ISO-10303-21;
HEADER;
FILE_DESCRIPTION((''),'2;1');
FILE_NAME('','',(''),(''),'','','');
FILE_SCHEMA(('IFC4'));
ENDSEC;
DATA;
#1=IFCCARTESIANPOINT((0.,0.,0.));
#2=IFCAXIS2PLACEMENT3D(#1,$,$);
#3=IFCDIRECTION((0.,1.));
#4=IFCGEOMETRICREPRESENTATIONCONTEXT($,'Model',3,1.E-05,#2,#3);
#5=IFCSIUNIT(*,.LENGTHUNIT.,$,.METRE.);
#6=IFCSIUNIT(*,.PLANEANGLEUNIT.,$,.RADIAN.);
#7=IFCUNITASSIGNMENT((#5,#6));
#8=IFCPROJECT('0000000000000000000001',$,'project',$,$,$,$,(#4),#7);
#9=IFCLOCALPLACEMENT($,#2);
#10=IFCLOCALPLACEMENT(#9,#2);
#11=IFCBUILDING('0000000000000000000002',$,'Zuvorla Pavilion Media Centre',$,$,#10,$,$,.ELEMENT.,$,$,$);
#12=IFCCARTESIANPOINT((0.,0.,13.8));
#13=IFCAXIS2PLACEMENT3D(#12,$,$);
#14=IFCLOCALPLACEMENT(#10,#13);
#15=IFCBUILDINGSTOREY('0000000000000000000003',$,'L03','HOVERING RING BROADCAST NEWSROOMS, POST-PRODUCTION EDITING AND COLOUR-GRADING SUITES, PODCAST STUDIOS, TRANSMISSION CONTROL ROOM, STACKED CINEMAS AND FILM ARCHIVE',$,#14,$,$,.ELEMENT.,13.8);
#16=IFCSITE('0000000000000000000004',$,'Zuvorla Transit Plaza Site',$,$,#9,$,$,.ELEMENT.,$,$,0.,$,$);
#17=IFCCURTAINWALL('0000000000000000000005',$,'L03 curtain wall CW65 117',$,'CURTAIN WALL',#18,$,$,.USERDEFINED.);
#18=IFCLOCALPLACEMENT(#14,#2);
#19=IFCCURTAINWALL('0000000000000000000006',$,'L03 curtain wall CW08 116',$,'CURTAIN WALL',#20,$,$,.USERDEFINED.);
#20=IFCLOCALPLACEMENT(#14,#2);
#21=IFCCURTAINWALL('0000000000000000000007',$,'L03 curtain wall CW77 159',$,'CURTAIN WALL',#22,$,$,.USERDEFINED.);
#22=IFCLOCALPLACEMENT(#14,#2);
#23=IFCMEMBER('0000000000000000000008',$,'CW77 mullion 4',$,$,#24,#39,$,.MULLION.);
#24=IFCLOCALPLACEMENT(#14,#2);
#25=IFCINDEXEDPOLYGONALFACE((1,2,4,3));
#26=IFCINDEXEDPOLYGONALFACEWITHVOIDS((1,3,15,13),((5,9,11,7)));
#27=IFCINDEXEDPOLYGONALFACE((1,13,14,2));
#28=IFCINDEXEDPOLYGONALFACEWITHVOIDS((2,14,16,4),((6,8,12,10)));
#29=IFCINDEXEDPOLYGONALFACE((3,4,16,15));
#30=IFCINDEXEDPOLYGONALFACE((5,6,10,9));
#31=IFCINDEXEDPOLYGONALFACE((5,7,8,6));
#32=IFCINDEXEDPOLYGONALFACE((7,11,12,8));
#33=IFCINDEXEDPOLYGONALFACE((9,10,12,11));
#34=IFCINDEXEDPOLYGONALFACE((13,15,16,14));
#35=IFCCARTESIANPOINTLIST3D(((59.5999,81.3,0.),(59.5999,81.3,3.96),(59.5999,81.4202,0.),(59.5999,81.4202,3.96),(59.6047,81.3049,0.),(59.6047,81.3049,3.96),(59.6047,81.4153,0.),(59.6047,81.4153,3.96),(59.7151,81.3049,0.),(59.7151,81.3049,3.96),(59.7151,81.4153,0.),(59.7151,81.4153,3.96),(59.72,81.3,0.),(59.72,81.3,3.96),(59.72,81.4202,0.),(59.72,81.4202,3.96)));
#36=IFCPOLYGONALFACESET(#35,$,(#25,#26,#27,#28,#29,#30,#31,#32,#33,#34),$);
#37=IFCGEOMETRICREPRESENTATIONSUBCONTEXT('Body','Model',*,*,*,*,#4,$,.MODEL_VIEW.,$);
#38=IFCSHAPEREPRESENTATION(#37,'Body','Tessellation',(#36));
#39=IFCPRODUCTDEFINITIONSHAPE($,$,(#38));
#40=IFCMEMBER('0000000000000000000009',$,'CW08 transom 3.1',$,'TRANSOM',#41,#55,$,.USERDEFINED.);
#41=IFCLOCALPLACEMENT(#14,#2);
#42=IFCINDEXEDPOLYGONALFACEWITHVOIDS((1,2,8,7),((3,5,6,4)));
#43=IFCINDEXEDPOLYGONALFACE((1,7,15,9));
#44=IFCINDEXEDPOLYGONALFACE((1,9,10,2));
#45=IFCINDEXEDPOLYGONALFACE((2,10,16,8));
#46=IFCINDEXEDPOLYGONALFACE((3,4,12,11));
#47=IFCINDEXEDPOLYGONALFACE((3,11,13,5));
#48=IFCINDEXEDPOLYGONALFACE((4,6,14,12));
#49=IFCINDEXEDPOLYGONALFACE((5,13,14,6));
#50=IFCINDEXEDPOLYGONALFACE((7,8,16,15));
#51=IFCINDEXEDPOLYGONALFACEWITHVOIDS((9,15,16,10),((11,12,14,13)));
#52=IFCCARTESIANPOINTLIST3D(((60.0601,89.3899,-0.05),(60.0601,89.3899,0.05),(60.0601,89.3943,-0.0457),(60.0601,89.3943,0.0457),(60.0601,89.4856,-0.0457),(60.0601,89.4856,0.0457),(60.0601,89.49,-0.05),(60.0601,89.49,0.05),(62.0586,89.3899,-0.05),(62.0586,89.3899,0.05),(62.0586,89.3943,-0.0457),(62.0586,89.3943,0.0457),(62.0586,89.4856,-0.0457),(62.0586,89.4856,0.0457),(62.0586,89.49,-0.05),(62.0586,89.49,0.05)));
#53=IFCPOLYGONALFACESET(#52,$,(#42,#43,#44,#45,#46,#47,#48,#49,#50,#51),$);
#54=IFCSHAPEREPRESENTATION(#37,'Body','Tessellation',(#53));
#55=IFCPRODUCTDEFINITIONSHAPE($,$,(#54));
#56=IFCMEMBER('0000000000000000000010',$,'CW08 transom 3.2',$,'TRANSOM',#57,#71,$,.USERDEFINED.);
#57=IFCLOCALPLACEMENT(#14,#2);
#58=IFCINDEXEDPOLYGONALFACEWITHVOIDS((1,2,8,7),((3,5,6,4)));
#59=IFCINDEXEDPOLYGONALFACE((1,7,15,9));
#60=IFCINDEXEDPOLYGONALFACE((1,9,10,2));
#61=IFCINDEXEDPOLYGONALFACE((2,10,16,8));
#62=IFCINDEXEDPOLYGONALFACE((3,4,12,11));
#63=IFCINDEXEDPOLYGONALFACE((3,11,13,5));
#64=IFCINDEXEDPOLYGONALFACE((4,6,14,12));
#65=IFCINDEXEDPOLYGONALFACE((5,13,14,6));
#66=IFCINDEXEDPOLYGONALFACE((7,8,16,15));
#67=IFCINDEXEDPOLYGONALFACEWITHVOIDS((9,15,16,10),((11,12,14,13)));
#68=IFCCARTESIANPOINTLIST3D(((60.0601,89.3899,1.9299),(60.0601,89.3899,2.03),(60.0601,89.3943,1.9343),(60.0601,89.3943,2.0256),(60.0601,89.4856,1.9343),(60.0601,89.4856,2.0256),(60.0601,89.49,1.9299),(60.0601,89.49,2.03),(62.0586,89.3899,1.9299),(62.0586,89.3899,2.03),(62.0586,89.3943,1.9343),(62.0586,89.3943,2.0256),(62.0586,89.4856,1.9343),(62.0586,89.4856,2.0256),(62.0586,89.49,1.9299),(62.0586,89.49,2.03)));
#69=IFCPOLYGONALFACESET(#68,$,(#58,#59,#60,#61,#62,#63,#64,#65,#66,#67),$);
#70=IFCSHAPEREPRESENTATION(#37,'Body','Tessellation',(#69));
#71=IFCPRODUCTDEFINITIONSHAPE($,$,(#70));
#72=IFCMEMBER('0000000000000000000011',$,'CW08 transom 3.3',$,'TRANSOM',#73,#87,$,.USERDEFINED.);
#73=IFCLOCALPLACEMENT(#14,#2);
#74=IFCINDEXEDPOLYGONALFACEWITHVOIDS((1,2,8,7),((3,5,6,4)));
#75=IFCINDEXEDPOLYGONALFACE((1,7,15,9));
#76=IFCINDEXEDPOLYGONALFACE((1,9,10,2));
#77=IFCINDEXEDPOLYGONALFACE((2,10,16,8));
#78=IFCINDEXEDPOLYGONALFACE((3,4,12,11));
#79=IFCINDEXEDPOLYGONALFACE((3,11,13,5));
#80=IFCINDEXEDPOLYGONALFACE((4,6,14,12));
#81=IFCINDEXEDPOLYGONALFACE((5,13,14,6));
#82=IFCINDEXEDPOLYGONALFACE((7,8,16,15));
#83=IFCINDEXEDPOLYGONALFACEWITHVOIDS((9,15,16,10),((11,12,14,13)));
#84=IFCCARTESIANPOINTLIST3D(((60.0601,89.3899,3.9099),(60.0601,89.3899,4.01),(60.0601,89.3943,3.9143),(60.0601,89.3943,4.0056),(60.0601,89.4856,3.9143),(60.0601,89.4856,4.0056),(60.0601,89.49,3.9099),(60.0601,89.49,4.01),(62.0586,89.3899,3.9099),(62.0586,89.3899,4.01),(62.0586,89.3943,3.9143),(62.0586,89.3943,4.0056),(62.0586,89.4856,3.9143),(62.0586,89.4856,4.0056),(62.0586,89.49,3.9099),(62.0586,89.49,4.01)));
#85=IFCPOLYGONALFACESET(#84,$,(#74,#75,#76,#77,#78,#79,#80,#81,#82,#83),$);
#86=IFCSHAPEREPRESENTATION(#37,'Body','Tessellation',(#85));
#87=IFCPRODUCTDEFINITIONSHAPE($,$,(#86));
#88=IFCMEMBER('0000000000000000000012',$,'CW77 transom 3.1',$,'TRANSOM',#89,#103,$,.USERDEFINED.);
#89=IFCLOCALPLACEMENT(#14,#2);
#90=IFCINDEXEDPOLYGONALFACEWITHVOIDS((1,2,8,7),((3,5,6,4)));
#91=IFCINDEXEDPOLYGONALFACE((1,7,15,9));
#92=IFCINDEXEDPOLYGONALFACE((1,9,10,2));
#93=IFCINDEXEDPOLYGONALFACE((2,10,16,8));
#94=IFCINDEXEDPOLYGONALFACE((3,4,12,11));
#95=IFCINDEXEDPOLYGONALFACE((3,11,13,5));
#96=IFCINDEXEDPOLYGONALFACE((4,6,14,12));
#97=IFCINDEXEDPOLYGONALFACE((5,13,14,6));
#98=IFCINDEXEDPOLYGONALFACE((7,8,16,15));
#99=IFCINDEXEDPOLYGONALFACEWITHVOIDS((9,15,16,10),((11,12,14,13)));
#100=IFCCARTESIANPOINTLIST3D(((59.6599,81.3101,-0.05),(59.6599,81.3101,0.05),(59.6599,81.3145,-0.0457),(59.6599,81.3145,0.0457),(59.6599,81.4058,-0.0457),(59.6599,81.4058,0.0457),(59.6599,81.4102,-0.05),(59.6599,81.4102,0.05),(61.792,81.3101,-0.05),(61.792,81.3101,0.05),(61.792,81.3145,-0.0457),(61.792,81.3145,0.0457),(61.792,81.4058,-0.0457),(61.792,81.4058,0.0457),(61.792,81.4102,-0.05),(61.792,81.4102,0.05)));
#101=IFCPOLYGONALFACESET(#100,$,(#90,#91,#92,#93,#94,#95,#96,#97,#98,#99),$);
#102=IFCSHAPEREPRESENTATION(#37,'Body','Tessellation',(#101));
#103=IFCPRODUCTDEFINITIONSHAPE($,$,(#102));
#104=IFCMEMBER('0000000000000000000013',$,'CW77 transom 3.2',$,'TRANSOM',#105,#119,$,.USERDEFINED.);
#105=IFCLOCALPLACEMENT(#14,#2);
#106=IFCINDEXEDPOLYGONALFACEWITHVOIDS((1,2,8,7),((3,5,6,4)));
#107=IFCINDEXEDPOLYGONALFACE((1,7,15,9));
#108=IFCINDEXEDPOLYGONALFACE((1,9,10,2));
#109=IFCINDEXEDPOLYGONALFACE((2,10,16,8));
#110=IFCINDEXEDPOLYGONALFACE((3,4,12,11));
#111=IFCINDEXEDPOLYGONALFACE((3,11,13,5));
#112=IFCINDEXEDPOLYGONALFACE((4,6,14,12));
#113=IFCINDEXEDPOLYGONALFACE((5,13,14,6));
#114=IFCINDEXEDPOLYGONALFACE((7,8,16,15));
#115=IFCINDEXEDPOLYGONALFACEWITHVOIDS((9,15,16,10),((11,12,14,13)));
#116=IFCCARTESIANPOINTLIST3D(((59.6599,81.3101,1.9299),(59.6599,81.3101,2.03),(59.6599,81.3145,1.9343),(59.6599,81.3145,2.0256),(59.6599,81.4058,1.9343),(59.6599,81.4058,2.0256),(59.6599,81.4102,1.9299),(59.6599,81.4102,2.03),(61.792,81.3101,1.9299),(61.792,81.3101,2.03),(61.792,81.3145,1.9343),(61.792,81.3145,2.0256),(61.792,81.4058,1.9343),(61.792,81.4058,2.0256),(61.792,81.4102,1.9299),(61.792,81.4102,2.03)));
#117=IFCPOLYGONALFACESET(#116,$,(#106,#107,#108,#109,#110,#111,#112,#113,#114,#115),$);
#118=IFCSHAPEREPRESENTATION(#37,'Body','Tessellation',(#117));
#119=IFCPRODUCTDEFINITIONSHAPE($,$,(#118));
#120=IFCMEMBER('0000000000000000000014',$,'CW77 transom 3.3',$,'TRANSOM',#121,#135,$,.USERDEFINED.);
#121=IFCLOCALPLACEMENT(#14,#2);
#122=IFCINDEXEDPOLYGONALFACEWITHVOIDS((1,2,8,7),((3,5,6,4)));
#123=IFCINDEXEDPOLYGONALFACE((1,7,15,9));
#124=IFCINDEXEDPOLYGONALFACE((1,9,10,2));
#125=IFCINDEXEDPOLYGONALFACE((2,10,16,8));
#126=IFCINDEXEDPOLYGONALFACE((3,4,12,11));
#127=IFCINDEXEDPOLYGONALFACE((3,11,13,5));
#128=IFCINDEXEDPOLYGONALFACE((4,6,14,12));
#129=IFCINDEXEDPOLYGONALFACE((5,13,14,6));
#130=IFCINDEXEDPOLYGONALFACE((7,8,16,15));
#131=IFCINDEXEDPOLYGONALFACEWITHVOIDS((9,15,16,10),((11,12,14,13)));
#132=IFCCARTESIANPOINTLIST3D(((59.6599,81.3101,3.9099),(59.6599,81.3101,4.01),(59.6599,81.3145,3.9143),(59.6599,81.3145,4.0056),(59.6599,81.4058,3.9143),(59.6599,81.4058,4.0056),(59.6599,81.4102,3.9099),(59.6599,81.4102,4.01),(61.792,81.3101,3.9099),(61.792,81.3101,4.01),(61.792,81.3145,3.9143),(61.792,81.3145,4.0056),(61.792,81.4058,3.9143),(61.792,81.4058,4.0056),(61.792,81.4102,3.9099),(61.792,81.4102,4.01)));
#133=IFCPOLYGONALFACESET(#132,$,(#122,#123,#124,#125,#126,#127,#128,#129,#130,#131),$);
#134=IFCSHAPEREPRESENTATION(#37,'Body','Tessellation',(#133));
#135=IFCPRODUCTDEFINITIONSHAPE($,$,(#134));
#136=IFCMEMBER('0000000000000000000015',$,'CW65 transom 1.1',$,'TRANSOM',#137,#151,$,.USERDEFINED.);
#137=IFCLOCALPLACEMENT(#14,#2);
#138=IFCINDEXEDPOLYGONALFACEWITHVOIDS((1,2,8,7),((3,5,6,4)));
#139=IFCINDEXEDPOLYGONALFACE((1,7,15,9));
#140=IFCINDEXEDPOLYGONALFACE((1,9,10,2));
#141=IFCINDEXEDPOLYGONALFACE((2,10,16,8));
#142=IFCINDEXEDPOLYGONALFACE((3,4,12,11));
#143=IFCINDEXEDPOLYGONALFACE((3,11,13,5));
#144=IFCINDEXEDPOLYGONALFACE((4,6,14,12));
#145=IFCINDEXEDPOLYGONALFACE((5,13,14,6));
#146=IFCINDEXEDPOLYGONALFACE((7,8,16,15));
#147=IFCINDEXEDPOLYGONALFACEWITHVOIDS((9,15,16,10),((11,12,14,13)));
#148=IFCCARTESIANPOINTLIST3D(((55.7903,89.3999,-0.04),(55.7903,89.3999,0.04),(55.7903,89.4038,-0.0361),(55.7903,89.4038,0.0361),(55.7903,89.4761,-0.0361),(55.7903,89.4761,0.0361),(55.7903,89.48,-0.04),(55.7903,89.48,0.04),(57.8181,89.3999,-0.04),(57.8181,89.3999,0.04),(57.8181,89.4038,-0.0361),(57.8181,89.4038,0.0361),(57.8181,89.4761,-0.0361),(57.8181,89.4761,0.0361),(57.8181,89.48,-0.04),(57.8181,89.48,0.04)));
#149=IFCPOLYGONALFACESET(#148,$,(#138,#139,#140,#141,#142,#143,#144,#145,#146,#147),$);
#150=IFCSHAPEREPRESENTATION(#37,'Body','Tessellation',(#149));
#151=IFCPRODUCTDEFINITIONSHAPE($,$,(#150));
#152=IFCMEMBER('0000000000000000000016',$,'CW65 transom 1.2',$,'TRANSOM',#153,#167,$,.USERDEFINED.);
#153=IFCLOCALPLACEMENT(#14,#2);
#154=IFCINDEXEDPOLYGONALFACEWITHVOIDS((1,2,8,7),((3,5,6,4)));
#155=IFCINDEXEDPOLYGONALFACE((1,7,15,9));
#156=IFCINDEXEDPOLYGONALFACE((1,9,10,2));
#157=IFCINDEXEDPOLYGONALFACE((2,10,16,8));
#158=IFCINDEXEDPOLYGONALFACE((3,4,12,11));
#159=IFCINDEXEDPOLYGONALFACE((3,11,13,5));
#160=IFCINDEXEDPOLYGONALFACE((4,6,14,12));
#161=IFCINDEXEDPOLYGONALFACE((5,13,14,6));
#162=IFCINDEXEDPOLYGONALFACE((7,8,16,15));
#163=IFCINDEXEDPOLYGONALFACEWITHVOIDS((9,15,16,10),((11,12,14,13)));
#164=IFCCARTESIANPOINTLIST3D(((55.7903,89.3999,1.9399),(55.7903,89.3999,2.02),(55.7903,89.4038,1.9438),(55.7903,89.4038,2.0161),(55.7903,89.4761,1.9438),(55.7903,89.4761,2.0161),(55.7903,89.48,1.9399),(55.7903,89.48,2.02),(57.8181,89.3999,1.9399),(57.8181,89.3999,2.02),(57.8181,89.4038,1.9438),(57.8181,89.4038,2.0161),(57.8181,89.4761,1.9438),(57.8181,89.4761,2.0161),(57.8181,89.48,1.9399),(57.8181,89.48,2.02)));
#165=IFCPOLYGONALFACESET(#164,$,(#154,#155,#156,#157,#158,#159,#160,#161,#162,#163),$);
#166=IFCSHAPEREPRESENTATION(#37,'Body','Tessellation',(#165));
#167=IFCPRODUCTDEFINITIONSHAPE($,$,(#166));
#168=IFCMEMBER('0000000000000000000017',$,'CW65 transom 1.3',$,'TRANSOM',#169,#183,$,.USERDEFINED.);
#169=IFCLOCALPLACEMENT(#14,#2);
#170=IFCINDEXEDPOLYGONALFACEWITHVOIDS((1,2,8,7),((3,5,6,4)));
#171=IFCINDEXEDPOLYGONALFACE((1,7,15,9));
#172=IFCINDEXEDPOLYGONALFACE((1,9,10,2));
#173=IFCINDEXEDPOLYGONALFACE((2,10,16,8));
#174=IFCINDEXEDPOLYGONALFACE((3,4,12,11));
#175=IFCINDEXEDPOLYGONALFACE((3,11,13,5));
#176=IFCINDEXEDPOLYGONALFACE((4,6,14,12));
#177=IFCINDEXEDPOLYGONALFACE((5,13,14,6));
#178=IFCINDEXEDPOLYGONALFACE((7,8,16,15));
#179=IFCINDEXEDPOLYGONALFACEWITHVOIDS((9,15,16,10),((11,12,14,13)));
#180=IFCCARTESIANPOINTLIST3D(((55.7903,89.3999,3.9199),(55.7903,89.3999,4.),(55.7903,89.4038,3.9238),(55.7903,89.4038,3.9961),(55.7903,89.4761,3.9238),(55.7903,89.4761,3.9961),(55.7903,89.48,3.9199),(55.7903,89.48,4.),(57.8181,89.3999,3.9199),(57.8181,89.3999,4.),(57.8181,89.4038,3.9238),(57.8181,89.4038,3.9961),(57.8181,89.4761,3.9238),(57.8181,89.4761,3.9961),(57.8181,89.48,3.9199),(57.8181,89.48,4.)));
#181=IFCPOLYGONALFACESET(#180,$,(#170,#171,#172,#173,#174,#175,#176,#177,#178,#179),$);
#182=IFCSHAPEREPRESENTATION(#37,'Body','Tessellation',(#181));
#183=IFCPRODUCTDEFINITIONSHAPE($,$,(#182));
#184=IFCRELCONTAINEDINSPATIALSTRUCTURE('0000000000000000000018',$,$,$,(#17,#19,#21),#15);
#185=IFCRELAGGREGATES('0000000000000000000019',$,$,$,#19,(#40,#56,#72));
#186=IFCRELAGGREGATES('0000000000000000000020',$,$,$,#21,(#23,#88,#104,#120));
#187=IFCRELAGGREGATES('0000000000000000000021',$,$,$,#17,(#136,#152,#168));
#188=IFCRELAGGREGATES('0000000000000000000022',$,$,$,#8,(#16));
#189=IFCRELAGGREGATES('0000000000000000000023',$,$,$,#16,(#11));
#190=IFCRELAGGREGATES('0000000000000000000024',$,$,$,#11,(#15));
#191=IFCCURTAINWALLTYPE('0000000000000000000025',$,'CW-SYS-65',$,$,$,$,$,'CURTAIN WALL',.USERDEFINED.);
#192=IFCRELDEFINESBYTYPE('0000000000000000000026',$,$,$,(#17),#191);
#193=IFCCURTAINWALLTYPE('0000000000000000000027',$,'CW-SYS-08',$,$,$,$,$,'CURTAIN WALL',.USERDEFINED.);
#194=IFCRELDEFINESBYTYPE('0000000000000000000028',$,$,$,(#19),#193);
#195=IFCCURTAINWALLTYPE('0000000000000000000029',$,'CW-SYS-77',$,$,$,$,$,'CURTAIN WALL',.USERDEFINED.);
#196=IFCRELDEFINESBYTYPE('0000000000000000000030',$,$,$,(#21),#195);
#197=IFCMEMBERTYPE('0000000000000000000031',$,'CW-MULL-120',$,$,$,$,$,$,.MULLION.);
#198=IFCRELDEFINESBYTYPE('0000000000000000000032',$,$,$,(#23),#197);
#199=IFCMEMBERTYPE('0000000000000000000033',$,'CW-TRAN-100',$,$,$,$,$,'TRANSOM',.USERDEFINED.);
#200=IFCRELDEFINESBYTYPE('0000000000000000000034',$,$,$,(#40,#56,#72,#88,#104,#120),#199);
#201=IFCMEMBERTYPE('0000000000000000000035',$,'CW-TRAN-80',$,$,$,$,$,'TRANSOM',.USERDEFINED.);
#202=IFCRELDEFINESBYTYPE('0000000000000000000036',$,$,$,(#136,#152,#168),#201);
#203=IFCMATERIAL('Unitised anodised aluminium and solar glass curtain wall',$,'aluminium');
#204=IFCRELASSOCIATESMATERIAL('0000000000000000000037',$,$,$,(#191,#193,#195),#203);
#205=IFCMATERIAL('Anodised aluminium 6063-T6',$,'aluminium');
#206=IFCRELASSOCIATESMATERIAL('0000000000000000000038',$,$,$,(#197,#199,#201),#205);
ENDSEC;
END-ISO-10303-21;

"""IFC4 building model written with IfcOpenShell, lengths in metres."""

from ifc_helpers import new_model, si_unit, direction, frame, origin, origin_2d, place, context, subcontext, project, spatial, hollow_rectangle, extrude, material, material_profile, profile_set, type_object, element, aggregate, save


model = new_model("IFC4")

# Units and contexts
model_context = context("Model", 3, precision=1e-05, world=origin(), true_north=direction((0.0, 1.0)))
body_context = subcontext(model_context, "Body", "Model", "MODEL_VIEW")
ifc_project = project(units=[si_unit("LENGTHUNIT", "METRE"), si_unit("PLANEANGLEUNIT", "RADIAN")], contexts=[model_context])

# Site, building, storey
site_placement = place(None, origin())
site = spatial("IfcSite", under=ifc_project, at=site_placement, Name="Zuvorla Transit Plaza Site", CompositionType="ELEMENT", RefElevation=0.0)
building_placement = place(site_placement, origin())
building = spatial("IfcBuilding", under=site, at=building_placement, Name="Zuvorla Pavilion Media Centre", CompositionType="ELEMENT")
storey_placement = place(building_placement, frame((0.0, 0.0, 13.8)))
storey = spatial("IfcBuildingStorey", under=building, at=storey_placement, Name="L03", Description="HOVERING RING BROADCAST NEWSROOMS, POST-PRODUCTION EDITING AND COLOUR-GRADING SUITES, PODCAST STUDIOS, TRANSMISSION CONTROL ROOM, STACKED CINEMAS AND FILM ARCHIVE", CompositionType="ELEMENT", Elevation=13.8)

# Curtain wall
ifc_material_1 = material(Name="Unitised anodised aluminium and solar glass curtain wall", Category="aluminium")
curtain_wall_type_1 = type_object("IfcCurtainWallType", Name="CW-SYS-65", ElementType="CURTAIN WALL", PredefinedType="USERDEFINED", material=ifc_material_1)
curtain_wall_1_placement = place(storey_placement, origin())
curtain_wall_1 = element("IfcCurtainWall", 1, at=curtain_wall_1_placement, inside=storey, type_object=curtain_wall_type_1, Name="L03 curtain wall CW65 117", ObjectType="CURTAIN WALL", PredefinedType="USERDEFINED")
ifc_material_2 = material(Name="Anodised aluminium 6063-T6", Category="aluminium")

# Curtain walls, member
curtain_wall_type_2 = type_object("IfcCurtainWallType", Name="CW-SYS-08", ElementType="CURTAIN WALL", PredefinedType="USERDEFINED", material=ifc_material_1)
curtain_wall_2_placement = place(storey_placement, origin())
curtain_wall_2 = element("IfcCurtainWall", 2, at=curtain_wall_2_placement, inside=storey, type_object=curtain_wall_type_2, Name="L03 curtain wall CW08 116", ObjectType="CURTAIN WALL", PredefinedType="USERDEFINED")
ifc_material_profile_1 = material_profile(ifc_material_2, hollow_rectangle(XDim=0.1201, YDim=0.1201, WallThickness=0.0049, at=origin_2d()), Name="ALU MULL 120x120")
ifc_profile_set_1 = profile_set([ifc_material_profile_1], Name="Anodised aluminium 6063-T6")
member_type_1 = type_object("IfcMemberType", Name="CW-MULL-120", PredefinedType="MULLION", material=ifc_profile_set_1)
curtain_wall_type_3 = type_object("IfcCurtainWallType", Name="CW-SYS-77", ElementType="CURTAIN WALL", PredefinedType="USERDEFINED", material=ifc_material_1)
curtain_wall_3_placement = place(storey_placement, origin())
curtain_wall_3 = element("IfcCurtainWall", 3, at=curtain_wall_3_placement, inside=storey, type_object=curtain_wall_type_3, Name="L03 curtain wall CW77 159", ObjectType="CURTAIN WALL", PredefinedType="USERDEFINED")
member_1_placement = place(storey_placement, frame((59.6599, 81.3601, 0.0), z_axis=(0.0, 0.0, 1.0), x_axis=(1.0, 0.0, 0.0)))
member_1 = element("IfcMember", 4, at=member_1_placement, type_object=member_type_1, Name="CW77 mullion 4", PredefinedType="MULLION", context=body_context, shape_type="SweptSolid", body=[
    extrude(hollow_rectangle(XDim=0.1201, YDim=0.1201, WallThickness=0.0049, at=origin_2d()), origin(), (0.0, 0.0, 1.0), 3.96),
])

# Members
ifc_material_profile_2 = material_profile(ifc_material_2, hollow_rectangle(XDim=0.1001, YDim=0.1001, WallThickness=0.0044, at=origin_2d()), Name="ALU TRAN 100x100")
ifc_profile_set_2 = profile_set([ifc_material_profile_2], Name="Anodised aluminium 6063-T6")
member_type_2 = type_object("IfcMemberType", Name="CW-TRAN-100", ElementType="TRANSOM", PredefinedType="USERDEFINED", material=ifc_profile_set_2)
member_2_placement = place(storey_placement, frame((62.0586, 89.4399, 0.0), z_axis=(-1.0, 0.0, 0.0), x_axis=(0.0, -1.0, 0.0)))
member_2 = element("IfcMember", 5, at=member_2_placement, type_object=member_type_2, Name="CW08 transom 3.1", ObjectType="TRANSOM", PredefinedType="USERDEFINED", context=body_context, shape_type="SweptSolid", body=[
    extrude(hollow_rectangle(XDim=0.1001, YDim=0.1001, WallThickness=0.0044, at=origin_2d()), origin(), (0.0, 0.0, 1.0), 1.9985),
])
member_3_placement = place(storey_placement, frame((62.0586, 89.4399, 1.98), z_axis=(-1.0, 0.0, 0.0), x_axis=(0.0, -1.0, 0.0)))
member_3 = element("IfcMember", 6, at=member_3_placement, type_object=member_type_2, Name="CW08 transom 3.2", ObjectType="TRANSOM", PredefinedType="USERDEFINED", context=body_context, shape_type="SweptSolid", body=[
    extrude(hollow_rectangle(XDim=0.1001, YDim=0.1001, WallThickness=0.0044, at=origin_2d()), origin(), (0.0, 0.0, 1.0), 1.9985),
])
member_4_placement = place(storey_placement, frame((62.0586, 89.4399, 3.96), z_axis=(-1.0, 0.0, 0.0), x_axis=(0.0, -1.0, 0.0)))
member_4 = element("IfcMember", 7, at=member_4_placement, type_object=member_type_2, Name="CW08 transom 3.3", ObjectType="TRANSOM", PredefinedType="USERDEFINED", context=body_context, shape_type="SweptSolid", body=[
    extrude(hollow_rectangle(XDim=0.1001, YDim=0.1001, WallThickness=0.0044, at=origin_2d()), origin(), (0.0, 0.0, 1.0), 1.9985),
])
member_5_placement = place(storey_placement, frame((61.792, 81.3601, 0.0), z_axis=(-1.0, 0.0, 0.0), x_axis=(0.0, -1.0, 0.0)))
member_5 = element("IfcMember", 8, at=member_5_placement, type_object=member_type_2, Name="CW77 transom 3.1", ObjectType="TRANSOM", PredefinedType="USERDEFINED", context=body_context, shape_type="SweptSolid", body=[
    extrude(hollow_rectangle(XDim=0.1001, YDim=0.1001, WallThickness=0.0044, at=origin_2d()), origin(), (0.0, 0.0, 1.0), 2.1321),
])
member_6_placement = place(storey_placement, frame((61.792, 81.3601, 1.98), z_axis=(-1.0, 0.0, 0.0), x_axis=(0.0, -1.0, 0.0)))
member_6 = element("IfcMember", 9, at=member_6_placement, type_object=member_type_2, Name="CW77 transom 3.2", ObjectType="TRANSOM", PredefinedType="USERDEFINED", context=body_context, shape_type="SweptSolid", body=[
    extrude(hollow_rectangle(XDim=0.1001, YDim=0.1001, WallThickness=0.0044, at=origin_2d()), origin(), (0.0, 0.0, 1.0), 2.1321),
])
member_7_placement = place(storey_placement, frame((61.792, 81.3601, 3.96), z_axis=(-1.0, 0.0, 0.0), x_axis=(0.0, -1.0, 0.0)))
member_7 = element("IfcMember", 10, at=member_7_placement, type_object=member_type_2, Name="CW77 transom 3.3", ObjectType="TRANSOM", PredefinedType="USERDEFINED", context=body_context, shape_type="SweptSolid", body=[
    extrude(hollow_rectangle(XDim=0.1001, YDim=0.1001, WallThickness=0.0044, at=origin_2d()), origin(), (0.0, 0.0, 1.0), 2.1321),
])
ifc_material_profile_3 = material_profile(ifc_material_2, hollow_rectangle(XDim=0.0801, YDim=0.0801, WallThickness=0.0039, at=origin_2d()), Name="ALU TRAN 80x80")
ifc_profile_set_3 = profile_set([ifc_material_profile_3], Name="Anodised aluminium 6063-T6")
member_type_3 = type_object("IfcMemberType", Name="CW-TRAN-80", ElementType="TRANSOM", PredefinedType="USERDEFINED", material=ifc_profile_set_3)
member_8_placement = place(storey_placement, frame((57.8181, 89.4399, 0.0), z_axis=(-1.0, 0.0, 0.0), x_axis=(0.0, -1.0, 0.0)))
member_8 = element("IfcMember", 11, at=member_8_placement, type_object=member_type_3, Name="CW65 transom 1.1", ObjectType="TRANSOM", PredefinedType="USERDEFINED", context=body_context, shape_type="SweptSolid", body=[
    extrude(hollow_rectangle(XDim=0.0801, YDim=0.0801, WallThickness=0.0039, at=origin_2d()), origin(), (0.0, 0.0, 1.0), 2.0278),
])
member_9_placement = place(storey_placement, frame((57.8181, 89.4399, 1.98), z_axis=(-1.0, 0.0, 0.0), x_axis=(0.0, -1.0, 0.0)))
member_9 = element("IfcMember", 12, at=member_9_placement, type_object=member_type_3, Name="CW65 transom 1.2", ObjectType="TRANSOM", PredefinedType="USERDEFINED", context=body_context, shape_type="SweptSolid", body=[
    extrude(hollow_rectangle(XDim=0.0801, YDim=0.0801, WallThickness=0.0039, at=origin_2d()), origin(), (0.0, 0.0, 1.0), 2.0278),
])
member_10_placement = place(storey_placement, frame((57.8181, 89.4399, 3.96), z_axis=(-1.0, 0.0, 0.0), x_axis=(0.0, -1.0, 0.0)))
member_10 = element("IfcMember", 13, at=member_10_placement, type_object=member_type_3, Name="CW65 transom 1.3", ObjectType="TRANSOM", PredefinedType="USERDEFINED", context=body_context, shape_type="SweptSolid", body=[
    extrude(hollow_rectangle(XDim=0.0801, YDim=0.0801, WallThickness=0.0039, at=origin_2d()), origin(), (0.0, 0.0, 1.0), 2.0278),
])

aggregate(curtain_wall_2, [member_2, member_3, member_4])
aggregate(curtain_wall_3, [member_1, member_5, member_6, member_7])
aggregate(curtain_wall_1, [member_8, member_9, member_10])

save(model, "model.ifc")
